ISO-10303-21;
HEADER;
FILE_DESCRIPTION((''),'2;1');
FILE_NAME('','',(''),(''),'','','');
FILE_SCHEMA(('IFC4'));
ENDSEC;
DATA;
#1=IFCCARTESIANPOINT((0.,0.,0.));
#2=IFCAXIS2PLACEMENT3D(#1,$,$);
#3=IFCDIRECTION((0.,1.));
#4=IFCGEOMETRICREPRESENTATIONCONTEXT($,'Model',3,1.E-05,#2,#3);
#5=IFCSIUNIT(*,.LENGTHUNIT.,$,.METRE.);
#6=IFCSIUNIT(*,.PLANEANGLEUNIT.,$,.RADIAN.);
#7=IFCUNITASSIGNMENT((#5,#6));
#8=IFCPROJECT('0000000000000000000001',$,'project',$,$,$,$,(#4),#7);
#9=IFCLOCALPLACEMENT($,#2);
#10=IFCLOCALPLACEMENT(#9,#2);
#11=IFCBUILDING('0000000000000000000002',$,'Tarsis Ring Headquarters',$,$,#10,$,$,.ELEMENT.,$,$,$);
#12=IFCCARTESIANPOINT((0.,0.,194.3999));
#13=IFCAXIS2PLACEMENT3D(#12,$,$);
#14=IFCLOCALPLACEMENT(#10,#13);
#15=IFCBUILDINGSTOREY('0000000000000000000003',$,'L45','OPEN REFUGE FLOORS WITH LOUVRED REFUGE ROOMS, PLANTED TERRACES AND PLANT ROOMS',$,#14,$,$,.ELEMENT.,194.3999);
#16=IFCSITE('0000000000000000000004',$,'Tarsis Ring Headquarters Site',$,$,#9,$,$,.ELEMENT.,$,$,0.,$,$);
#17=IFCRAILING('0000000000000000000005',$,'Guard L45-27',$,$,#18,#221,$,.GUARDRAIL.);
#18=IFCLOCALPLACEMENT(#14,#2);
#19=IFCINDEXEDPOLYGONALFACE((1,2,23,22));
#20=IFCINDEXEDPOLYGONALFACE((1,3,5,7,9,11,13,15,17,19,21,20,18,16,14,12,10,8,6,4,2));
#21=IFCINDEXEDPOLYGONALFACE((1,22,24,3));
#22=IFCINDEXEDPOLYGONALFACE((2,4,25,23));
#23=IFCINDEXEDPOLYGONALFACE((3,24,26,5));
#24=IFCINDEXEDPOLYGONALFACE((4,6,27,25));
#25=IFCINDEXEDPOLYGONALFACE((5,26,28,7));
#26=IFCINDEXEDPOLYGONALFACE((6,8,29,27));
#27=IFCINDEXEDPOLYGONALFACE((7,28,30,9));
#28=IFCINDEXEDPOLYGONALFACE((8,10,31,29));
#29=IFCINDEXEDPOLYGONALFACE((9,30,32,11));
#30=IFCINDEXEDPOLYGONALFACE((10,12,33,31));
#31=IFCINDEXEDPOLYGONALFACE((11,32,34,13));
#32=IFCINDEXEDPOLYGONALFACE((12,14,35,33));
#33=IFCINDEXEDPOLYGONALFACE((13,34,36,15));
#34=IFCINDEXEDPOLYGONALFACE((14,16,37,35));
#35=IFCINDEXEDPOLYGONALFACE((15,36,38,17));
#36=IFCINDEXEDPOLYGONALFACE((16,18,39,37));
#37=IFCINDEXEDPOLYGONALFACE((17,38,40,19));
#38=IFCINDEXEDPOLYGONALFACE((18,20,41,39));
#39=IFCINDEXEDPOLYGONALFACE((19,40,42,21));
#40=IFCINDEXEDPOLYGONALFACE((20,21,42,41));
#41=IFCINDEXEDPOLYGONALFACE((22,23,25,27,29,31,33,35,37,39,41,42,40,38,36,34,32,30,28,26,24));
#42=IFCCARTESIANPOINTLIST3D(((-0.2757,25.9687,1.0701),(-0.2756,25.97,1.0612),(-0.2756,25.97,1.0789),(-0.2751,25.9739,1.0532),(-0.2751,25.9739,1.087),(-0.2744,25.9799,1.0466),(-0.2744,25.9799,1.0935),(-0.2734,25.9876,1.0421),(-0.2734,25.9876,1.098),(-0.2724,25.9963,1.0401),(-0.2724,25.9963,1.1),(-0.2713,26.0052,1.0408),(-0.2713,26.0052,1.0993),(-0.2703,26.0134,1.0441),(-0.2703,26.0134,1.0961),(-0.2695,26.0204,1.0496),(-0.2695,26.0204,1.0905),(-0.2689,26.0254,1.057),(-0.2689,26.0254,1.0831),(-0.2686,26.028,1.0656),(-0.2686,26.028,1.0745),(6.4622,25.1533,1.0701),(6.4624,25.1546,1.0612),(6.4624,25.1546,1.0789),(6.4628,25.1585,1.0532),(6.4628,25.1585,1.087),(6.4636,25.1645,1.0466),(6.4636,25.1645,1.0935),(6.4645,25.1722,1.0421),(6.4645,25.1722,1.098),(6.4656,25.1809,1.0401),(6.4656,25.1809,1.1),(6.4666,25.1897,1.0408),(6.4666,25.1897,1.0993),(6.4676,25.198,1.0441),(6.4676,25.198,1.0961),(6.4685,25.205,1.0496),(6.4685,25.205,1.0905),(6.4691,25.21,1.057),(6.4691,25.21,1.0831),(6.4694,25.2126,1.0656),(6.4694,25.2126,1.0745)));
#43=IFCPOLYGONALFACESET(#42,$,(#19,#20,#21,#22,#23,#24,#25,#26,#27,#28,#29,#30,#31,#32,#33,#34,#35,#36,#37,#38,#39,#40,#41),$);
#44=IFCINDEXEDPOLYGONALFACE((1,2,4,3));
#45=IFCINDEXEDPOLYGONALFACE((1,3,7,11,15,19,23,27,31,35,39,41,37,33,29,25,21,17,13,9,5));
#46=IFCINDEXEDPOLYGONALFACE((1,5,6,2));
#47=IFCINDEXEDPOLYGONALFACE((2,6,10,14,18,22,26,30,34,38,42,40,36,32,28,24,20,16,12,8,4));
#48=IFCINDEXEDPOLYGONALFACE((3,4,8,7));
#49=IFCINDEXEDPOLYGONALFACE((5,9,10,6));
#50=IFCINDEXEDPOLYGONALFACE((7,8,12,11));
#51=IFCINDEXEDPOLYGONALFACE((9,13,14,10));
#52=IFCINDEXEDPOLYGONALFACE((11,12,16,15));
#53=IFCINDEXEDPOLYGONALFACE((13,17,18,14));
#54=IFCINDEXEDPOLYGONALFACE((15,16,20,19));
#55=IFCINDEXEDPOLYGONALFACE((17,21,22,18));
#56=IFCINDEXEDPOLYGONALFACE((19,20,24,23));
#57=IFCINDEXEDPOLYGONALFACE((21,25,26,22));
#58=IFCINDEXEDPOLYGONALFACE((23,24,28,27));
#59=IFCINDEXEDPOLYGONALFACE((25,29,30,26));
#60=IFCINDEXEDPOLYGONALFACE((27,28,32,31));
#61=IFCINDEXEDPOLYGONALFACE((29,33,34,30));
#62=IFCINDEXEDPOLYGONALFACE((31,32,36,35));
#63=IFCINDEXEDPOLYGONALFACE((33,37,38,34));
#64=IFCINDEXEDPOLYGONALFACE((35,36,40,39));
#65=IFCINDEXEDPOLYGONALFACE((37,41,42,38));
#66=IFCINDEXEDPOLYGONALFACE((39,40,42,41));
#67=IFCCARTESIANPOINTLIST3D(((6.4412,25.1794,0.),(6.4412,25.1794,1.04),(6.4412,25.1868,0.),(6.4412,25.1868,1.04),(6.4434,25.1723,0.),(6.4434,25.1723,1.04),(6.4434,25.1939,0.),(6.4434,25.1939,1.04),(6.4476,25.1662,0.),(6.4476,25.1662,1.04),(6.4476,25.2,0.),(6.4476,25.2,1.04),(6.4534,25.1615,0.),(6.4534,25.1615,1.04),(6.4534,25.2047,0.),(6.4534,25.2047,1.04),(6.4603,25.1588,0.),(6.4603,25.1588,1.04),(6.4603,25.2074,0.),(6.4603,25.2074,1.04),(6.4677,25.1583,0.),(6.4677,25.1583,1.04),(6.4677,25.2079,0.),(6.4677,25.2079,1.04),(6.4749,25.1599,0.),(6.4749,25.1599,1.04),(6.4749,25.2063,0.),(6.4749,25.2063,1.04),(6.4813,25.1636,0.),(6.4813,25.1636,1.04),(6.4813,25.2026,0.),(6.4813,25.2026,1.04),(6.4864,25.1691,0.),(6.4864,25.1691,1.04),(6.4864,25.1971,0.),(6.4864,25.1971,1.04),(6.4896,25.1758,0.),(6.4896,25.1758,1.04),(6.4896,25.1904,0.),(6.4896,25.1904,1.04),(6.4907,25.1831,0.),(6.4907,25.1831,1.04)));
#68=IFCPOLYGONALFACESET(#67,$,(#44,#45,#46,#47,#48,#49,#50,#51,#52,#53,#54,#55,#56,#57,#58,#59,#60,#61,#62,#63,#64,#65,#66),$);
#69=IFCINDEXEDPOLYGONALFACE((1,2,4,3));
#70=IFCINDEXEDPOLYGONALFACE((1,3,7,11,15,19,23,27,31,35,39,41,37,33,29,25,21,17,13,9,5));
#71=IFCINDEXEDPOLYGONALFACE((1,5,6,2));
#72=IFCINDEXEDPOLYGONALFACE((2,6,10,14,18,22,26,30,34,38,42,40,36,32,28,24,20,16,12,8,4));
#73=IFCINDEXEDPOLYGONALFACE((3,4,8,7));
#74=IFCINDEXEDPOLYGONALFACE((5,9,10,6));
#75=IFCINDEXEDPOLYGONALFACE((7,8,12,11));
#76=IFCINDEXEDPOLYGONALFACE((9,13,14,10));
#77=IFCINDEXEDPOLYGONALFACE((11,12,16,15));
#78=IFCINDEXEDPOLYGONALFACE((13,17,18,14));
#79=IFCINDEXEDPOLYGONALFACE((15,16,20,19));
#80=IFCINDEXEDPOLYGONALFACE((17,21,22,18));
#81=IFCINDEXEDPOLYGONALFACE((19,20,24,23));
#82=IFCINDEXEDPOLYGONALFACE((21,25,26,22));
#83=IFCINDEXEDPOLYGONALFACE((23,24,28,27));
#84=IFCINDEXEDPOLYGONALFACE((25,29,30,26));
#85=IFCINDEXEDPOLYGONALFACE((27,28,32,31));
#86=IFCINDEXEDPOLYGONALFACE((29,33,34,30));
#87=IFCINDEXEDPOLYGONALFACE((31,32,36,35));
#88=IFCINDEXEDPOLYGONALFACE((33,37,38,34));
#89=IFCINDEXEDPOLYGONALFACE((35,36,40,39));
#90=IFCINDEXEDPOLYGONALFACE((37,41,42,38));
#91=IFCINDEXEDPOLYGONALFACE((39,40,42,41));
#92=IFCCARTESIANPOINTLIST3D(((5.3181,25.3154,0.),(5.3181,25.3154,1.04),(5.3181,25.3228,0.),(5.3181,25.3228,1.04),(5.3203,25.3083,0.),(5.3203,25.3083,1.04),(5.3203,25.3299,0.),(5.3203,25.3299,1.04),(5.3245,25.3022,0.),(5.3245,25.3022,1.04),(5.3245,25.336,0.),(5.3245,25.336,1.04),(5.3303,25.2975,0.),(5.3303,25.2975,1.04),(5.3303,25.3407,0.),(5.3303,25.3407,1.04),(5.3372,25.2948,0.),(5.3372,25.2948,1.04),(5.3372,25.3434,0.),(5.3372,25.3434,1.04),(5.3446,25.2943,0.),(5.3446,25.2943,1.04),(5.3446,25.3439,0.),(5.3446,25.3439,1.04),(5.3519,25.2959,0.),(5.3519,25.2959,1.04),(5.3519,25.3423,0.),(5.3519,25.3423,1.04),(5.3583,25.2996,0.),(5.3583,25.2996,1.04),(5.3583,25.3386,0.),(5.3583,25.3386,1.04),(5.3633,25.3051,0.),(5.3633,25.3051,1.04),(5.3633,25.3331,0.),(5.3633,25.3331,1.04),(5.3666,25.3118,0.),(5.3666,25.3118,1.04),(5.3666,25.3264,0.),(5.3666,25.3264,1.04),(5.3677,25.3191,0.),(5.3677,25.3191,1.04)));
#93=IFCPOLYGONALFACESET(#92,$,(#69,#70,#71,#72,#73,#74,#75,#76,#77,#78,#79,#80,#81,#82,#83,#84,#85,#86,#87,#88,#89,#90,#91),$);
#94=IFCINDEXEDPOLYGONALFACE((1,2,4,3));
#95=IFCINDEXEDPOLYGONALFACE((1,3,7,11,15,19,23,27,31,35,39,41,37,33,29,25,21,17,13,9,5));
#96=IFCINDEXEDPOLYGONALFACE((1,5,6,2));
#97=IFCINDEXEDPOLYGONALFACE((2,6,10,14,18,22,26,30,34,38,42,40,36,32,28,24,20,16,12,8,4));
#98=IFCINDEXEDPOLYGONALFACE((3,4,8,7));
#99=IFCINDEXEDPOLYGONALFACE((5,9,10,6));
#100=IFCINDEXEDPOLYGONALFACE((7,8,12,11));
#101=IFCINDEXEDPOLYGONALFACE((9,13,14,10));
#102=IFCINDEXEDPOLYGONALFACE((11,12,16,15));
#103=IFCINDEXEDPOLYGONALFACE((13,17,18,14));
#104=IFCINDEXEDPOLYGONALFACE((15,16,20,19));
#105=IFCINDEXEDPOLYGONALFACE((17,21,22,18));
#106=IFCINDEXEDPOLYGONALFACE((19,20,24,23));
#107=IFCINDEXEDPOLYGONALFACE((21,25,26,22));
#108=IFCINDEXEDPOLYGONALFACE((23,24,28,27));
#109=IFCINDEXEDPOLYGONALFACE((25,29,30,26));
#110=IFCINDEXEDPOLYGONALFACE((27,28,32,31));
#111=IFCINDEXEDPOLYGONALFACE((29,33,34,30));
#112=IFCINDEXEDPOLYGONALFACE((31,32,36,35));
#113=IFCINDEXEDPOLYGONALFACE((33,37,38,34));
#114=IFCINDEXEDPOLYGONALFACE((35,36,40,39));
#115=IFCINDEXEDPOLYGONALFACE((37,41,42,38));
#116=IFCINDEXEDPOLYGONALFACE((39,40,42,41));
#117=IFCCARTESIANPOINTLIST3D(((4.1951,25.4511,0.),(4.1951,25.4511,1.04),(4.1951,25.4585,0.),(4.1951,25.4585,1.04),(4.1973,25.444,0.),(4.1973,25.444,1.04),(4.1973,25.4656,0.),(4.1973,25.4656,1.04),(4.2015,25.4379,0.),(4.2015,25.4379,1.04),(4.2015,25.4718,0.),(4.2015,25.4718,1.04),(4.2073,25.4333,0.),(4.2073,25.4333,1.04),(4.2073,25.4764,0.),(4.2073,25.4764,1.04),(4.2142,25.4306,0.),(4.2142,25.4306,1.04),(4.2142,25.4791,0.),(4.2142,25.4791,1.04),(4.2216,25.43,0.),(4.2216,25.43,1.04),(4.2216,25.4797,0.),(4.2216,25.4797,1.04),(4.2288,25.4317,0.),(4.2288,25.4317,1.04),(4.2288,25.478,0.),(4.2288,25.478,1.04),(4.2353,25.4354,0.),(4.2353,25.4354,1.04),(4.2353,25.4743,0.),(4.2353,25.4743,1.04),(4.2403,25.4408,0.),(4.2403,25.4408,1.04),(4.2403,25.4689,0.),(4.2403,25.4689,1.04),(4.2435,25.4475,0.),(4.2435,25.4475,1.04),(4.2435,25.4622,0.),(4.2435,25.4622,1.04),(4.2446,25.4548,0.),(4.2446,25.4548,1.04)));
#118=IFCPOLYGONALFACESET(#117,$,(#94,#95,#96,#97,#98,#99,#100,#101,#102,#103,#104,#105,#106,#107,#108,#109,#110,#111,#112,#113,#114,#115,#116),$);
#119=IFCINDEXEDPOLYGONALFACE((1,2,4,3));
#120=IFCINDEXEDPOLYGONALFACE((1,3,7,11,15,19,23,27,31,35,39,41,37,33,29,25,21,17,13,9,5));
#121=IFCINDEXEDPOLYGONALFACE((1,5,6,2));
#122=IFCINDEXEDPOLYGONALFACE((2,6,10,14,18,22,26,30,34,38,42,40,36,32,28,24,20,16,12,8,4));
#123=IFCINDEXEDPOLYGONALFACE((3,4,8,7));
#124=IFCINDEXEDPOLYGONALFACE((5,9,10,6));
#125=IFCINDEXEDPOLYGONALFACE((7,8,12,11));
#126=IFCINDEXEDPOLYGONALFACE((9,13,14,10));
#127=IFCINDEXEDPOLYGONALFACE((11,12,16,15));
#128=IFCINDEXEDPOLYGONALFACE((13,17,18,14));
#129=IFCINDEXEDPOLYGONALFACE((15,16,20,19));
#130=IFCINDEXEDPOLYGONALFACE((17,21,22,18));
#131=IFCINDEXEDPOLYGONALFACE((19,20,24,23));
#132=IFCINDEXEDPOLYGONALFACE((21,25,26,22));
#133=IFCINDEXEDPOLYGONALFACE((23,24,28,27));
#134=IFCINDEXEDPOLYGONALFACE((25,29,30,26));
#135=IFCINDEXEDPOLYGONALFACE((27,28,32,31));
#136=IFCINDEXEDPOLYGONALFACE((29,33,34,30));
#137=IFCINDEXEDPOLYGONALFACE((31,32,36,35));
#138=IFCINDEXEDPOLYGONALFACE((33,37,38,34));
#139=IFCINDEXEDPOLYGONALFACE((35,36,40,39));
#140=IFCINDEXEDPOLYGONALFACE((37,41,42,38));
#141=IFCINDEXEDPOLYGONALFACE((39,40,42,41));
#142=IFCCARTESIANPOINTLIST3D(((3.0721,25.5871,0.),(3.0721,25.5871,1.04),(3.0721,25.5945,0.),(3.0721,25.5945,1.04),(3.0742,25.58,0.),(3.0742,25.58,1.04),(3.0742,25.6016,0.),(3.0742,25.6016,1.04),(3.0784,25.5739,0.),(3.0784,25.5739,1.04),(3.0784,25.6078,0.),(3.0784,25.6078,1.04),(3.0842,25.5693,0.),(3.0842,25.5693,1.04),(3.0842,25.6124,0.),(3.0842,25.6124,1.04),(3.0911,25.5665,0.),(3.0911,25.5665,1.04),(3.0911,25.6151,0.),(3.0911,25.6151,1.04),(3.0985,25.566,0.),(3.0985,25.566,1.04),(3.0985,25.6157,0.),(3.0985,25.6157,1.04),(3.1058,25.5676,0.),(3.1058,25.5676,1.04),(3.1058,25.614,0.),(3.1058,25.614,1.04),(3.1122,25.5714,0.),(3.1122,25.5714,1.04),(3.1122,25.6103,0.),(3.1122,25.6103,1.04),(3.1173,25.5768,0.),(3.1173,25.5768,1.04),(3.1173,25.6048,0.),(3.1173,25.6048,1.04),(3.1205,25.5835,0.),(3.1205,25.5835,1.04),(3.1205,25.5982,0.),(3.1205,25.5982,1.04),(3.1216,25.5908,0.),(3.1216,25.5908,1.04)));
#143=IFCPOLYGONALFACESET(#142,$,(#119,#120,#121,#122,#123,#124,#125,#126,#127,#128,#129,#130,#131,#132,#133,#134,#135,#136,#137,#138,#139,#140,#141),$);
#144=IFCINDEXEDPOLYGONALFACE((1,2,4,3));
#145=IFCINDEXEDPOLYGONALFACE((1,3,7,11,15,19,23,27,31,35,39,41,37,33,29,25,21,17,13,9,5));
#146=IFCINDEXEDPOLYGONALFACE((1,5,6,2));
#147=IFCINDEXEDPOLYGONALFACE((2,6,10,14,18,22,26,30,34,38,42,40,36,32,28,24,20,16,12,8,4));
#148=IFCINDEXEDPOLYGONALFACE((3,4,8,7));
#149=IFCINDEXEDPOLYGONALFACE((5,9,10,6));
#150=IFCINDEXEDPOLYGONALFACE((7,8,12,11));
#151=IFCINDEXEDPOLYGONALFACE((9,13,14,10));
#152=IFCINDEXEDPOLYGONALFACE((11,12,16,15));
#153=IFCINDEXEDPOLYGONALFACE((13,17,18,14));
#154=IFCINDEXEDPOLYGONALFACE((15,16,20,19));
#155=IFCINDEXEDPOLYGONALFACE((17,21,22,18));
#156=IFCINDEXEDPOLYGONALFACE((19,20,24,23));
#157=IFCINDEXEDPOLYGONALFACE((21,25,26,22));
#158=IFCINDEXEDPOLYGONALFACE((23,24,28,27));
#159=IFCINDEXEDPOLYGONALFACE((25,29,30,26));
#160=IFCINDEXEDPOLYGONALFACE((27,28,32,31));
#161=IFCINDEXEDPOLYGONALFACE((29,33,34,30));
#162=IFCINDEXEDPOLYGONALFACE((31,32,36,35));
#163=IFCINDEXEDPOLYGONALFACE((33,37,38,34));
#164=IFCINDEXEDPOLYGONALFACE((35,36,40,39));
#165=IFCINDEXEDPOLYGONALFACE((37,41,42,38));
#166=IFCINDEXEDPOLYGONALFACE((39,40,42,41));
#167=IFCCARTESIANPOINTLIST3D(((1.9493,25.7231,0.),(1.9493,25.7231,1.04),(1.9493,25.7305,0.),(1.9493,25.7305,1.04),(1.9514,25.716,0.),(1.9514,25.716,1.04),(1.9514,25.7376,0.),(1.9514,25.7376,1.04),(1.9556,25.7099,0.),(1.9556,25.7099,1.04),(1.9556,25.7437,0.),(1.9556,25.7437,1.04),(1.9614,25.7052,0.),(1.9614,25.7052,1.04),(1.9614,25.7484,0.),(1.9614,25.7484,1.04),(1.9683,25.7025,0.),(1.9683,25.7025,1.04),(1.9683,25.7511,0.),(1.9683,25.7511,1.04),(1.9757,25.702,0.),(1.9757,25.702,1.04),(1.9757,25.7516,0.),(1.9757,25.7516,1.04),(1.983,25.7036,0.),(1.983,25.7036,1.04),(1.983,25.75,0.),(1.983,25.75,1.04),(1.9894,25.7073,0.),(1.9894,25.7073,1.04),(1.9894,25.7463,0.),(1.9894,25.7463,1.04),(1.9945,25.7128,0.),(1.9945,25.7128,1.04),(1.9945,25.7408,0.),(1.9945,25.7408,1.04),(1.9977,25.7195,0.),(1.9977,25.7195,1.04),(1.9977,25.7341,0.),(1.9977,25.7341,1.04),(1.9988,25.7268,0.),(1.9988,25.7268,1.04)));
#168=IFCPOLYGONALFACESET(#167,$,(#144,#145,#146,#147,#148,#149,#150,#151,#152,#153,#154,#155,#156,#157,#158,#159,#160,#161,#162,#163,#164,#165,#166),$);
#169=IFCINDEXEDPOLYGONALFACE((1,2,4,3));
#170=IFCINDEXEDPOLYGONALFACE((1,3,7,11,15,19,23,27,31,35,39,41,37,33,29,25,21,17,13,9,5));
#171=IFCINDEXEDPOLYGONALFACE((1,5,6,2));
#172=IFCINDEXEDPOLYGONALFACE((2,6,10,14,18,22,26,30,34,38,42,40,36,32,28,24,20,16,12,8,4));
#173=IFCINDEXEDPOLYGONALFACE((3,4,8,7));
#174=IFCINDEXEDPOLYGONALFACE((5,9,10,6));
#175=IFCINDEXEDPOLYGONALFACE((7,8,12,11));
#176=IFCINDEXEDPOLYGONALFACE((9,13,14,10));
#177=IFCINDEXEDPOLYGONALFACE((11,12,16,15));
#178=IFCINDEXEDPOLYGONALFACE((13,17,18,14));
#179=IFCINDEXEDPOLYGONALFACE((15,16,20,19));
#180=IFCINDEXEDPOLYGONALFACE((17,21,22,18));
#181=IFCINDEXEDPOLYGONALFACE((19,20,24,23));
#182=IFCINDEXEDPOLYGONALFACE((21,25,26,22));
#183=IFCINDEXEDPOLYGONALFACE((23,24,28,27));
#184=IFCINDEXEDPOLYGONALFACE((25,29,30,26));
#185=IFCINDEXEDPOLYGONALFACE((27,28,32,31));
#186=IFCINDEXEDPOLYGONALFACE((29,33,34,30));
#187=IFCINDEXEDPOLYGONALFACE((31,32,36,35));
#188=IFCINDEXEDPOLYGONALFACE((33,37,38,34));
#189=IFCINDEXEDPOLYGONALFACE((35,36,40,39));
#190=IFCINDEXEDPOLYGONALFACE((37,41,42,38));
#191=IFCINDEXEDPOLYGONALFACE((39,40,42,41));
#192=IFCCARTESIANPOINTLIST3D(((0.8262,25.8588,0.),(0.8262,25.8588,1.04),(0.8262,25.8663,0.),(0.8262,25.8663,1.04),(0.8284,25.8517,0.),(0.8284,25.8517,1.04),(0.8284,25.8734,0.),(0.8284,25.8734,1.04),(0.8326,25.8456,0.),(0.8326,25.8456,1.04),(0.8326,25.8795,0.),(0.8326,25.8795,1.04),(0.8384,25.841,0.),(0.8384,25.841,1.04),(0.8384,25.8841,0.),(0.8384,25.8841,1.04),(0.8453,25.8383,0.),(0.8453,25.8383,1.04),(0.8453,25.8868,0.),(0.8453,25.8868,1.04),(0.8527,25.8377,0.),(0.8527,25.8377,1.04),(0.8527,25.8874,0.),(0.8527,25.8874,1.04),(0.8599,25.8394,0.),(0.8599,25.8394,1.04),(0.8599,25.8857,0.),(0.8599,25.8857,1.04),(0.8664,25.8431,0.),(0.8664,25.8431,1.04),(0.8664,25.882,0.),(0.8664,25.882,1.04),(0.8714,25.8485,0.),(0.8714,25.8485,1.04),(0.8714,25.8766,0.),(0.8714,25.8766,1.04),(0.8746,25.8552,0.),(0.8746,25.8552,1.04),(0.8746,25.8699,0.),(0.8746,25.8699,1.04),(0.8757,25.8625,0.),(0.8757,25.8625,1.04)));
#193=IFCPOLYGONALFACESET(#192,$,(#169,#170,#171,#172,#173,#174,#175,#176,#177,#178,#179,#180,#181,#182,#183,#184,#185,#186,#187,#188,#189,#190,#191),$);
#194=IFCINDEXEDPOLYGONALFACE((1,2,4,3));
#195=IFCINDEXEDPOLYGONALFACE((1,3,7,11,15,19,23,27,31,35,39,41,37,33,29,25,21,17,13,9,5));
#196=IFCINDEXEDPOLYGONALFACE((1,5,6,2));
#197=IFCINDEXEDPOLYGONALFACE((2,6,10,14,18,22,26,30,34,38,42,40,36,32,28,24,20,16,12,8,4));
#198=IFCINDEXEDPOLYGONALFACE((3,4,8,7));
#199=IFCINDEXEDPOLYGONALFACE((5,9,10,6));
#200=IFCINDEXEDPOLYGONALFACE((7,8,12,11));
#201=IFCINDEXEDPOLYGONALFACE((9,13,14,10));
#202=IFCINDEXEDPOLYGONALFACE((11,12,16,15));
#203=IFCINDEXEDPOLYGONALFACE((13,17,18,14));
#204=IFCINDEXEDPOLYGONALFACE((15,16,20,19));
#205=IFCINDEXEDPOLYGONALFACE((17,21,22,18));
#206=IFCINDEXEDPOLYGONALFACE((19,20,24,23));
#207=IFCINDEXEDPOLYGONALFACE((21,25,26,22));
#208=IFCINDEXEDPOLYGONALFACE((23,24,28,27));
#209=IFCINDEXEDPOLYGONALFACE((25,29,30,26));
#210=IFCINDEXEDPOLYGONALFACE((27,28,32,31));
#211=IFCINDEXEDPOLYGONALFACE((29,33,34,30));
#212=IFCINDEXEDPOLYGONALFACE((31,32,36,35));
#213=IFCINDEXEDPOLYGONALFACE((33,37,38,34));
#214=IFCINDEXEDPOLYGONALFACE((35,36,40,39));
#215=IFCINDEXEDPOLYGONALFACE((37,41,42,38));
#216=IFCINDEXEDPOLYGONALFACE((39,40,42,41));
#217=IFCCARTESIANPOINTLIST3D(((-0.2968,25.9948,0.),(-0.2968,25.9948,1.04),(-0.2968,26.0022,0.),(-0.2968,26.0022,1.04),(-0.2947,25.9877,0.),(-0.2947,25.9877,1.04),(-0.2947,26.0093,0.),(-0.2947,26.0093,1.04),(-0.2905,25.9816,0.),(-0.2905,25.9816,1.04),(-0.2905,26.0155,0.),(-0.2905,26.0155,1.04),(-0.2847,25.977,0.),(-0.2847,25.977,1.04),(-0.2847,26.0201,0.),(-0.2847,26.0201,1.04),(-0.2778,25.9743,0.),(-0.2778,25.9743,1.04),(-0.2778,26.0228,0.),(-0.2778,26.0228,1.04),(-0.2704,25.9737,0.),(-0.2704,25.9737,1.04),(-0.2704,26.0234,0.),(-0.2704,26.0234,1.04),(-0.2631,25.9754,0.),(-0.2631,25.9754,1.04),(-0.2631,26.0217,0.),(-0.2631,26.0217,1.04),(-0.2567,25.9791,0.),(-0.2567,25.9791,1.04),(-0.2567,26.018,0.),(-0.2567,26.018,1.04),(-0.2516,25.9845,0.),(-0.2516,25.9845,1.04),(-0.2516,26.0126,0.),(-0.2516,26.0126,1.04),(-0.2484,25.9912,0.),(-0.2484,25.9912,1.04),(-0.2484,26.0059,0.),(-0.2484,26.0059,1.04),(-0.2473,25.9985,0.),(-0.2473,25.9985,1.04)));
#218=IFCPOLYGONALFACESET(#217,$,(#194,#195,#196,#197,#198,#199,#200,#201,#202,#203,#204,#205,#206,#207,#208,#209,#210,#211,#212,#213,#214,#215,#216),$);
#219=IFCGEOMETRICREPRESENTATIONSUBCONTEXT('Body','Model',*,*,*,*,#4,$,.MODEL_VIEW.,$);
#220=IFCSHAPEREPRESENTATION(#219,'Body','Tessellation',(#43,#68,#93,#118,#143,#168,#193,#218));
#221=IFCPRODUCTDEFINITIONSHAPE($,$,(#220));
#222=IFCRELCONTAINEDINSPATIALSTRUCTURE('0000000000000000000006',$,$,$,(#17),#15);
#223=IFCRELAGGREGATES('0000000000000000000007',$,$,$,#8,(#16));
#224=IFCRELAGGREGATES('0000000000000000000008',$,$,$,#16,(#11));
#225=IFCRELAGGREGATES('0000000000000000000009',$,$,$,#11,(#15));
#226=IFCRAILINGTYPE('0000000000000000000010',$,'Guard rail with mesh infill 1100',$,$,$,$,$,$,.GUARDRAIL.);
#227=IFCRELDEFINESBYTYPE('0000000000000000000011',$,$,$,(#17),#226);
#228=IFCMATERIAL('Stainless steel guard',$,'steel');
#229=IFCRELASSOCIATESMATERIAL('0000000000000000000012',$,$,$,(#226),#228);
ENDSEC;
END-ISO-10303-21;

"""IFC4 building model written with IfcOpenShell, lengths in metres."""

from ifc_helpers import new_model, si_unit, direction, frame, origin, origin_2d, place, context, subcontext, project, spatial, circle, extrude, material, type_object, element, save


model = new_model("IFC4")

# Units and contexts
model_context = context("Model", 3, precision=1e-05, world=origin(), true_north=direction((0.0, 1.0)))
body_context = subcontext(model_context, "Body", "Model", "MODEL_VIEW")
ifc_project = project(units=[si_unit("LENGTHUNIT", "METRE"), si_unit("PLANEANGLEUNIT", "RADIAN")], contexts=[model_context])

# Site, building, storey
site_placement = place(None, origin())
site = spatial("IfcSite", under=ifc_project, at=site_placement, Name="Tarsis Ring Headquarters Site", CompositionType="ELEMENT", RefElevation=0.0)
building_placement = place(site_placement, origin())
building = spatial("IfcBuilding", under=site, at=building_placement, Name="Tarsis Ring Headquarters", CompositionType="ELEMENT")
storey_placement = place(building_placement, frame((0.0, 0.0, 194.3999)))
storey = spatial("IfcBuildingStorey", under=building, at=storey_placement, Name="L45", Description="OPEN REFUGE FLOORS WITH LOUVRED REFUGE ROOMS, PLANTED TERRACES AND PLANT ROOMS", CompositionType="ELEMENT", Elevation=194.3999)

# Railing
ifc_material_1 = material(Name="Stainless steel guard", Category="steel")
railing_type_1 = type_object("IfcRailingType", Name="Guard rail with mesh infill 1100", PredefinedType="GUARDRAIL", material=ifc_material_1)
railing_1_placement = place(storey_placement, frame((6.4658, 25.1831, 0.0)))
element("IfcRailing", 1, at=railing_1_placement, inside=storey, type_object=railing_type_1, Name="Guard L45-27", PredefinedType="GUARDRAIL", context=body_context, shape_type="SweptSolid", body=[
    extrude(circle(Radius=0.03, at=origin_2d()), frame((0.0, 0.0, 1.0701), z_axis=(-0.992757, 0.120142, 0.0), x_axis=(-0.120142, -0.992757, 0.0)), (0.0, 0.0, 1.0), 6.7871),
    extrude(circle(Radius=0.0249, at=origin_2d()), origin(), (0.0, 0.0, 1.0), 1.04),
    extrude(circle(Radius=0.0249, at=origin_2d()), frame((-1.123, 0.136, 0.0)), (0.0, 0.0, 1.0), 1.04),
    extrude(circle(Radius=0.0249, at=origin_2d()), frame((-2.2461, 0.2717, 0.0)), (0.0, 0.0, 1.0), 1.04),
    extrude(circle(Radius=0.0249, at=origin_2d()), frame((-3.3691, 0.4077, 0.0)), (0.0, 0.0, 1.0), 1.04),
    extrude(circle(Radius=0.0249, at=origin_2d()), frame((-4.4919, 0.5437, 0.0)), (0.0, 0.0, 1.0), 1.04),
    extrude(circle(Radius=0.0249, at=origin_2d()), frame((-5.615, 0.6794, 0.0)), (0.0, 0.0, 1.0), 1.04),
    extrude(circle(Radius=0.0249, at=origin_2d()), frame((-6.738, 0.8154, 0.0)), (0.0, 0.0, 1.0), 1.04),
])

save(model, "model.ifc")
